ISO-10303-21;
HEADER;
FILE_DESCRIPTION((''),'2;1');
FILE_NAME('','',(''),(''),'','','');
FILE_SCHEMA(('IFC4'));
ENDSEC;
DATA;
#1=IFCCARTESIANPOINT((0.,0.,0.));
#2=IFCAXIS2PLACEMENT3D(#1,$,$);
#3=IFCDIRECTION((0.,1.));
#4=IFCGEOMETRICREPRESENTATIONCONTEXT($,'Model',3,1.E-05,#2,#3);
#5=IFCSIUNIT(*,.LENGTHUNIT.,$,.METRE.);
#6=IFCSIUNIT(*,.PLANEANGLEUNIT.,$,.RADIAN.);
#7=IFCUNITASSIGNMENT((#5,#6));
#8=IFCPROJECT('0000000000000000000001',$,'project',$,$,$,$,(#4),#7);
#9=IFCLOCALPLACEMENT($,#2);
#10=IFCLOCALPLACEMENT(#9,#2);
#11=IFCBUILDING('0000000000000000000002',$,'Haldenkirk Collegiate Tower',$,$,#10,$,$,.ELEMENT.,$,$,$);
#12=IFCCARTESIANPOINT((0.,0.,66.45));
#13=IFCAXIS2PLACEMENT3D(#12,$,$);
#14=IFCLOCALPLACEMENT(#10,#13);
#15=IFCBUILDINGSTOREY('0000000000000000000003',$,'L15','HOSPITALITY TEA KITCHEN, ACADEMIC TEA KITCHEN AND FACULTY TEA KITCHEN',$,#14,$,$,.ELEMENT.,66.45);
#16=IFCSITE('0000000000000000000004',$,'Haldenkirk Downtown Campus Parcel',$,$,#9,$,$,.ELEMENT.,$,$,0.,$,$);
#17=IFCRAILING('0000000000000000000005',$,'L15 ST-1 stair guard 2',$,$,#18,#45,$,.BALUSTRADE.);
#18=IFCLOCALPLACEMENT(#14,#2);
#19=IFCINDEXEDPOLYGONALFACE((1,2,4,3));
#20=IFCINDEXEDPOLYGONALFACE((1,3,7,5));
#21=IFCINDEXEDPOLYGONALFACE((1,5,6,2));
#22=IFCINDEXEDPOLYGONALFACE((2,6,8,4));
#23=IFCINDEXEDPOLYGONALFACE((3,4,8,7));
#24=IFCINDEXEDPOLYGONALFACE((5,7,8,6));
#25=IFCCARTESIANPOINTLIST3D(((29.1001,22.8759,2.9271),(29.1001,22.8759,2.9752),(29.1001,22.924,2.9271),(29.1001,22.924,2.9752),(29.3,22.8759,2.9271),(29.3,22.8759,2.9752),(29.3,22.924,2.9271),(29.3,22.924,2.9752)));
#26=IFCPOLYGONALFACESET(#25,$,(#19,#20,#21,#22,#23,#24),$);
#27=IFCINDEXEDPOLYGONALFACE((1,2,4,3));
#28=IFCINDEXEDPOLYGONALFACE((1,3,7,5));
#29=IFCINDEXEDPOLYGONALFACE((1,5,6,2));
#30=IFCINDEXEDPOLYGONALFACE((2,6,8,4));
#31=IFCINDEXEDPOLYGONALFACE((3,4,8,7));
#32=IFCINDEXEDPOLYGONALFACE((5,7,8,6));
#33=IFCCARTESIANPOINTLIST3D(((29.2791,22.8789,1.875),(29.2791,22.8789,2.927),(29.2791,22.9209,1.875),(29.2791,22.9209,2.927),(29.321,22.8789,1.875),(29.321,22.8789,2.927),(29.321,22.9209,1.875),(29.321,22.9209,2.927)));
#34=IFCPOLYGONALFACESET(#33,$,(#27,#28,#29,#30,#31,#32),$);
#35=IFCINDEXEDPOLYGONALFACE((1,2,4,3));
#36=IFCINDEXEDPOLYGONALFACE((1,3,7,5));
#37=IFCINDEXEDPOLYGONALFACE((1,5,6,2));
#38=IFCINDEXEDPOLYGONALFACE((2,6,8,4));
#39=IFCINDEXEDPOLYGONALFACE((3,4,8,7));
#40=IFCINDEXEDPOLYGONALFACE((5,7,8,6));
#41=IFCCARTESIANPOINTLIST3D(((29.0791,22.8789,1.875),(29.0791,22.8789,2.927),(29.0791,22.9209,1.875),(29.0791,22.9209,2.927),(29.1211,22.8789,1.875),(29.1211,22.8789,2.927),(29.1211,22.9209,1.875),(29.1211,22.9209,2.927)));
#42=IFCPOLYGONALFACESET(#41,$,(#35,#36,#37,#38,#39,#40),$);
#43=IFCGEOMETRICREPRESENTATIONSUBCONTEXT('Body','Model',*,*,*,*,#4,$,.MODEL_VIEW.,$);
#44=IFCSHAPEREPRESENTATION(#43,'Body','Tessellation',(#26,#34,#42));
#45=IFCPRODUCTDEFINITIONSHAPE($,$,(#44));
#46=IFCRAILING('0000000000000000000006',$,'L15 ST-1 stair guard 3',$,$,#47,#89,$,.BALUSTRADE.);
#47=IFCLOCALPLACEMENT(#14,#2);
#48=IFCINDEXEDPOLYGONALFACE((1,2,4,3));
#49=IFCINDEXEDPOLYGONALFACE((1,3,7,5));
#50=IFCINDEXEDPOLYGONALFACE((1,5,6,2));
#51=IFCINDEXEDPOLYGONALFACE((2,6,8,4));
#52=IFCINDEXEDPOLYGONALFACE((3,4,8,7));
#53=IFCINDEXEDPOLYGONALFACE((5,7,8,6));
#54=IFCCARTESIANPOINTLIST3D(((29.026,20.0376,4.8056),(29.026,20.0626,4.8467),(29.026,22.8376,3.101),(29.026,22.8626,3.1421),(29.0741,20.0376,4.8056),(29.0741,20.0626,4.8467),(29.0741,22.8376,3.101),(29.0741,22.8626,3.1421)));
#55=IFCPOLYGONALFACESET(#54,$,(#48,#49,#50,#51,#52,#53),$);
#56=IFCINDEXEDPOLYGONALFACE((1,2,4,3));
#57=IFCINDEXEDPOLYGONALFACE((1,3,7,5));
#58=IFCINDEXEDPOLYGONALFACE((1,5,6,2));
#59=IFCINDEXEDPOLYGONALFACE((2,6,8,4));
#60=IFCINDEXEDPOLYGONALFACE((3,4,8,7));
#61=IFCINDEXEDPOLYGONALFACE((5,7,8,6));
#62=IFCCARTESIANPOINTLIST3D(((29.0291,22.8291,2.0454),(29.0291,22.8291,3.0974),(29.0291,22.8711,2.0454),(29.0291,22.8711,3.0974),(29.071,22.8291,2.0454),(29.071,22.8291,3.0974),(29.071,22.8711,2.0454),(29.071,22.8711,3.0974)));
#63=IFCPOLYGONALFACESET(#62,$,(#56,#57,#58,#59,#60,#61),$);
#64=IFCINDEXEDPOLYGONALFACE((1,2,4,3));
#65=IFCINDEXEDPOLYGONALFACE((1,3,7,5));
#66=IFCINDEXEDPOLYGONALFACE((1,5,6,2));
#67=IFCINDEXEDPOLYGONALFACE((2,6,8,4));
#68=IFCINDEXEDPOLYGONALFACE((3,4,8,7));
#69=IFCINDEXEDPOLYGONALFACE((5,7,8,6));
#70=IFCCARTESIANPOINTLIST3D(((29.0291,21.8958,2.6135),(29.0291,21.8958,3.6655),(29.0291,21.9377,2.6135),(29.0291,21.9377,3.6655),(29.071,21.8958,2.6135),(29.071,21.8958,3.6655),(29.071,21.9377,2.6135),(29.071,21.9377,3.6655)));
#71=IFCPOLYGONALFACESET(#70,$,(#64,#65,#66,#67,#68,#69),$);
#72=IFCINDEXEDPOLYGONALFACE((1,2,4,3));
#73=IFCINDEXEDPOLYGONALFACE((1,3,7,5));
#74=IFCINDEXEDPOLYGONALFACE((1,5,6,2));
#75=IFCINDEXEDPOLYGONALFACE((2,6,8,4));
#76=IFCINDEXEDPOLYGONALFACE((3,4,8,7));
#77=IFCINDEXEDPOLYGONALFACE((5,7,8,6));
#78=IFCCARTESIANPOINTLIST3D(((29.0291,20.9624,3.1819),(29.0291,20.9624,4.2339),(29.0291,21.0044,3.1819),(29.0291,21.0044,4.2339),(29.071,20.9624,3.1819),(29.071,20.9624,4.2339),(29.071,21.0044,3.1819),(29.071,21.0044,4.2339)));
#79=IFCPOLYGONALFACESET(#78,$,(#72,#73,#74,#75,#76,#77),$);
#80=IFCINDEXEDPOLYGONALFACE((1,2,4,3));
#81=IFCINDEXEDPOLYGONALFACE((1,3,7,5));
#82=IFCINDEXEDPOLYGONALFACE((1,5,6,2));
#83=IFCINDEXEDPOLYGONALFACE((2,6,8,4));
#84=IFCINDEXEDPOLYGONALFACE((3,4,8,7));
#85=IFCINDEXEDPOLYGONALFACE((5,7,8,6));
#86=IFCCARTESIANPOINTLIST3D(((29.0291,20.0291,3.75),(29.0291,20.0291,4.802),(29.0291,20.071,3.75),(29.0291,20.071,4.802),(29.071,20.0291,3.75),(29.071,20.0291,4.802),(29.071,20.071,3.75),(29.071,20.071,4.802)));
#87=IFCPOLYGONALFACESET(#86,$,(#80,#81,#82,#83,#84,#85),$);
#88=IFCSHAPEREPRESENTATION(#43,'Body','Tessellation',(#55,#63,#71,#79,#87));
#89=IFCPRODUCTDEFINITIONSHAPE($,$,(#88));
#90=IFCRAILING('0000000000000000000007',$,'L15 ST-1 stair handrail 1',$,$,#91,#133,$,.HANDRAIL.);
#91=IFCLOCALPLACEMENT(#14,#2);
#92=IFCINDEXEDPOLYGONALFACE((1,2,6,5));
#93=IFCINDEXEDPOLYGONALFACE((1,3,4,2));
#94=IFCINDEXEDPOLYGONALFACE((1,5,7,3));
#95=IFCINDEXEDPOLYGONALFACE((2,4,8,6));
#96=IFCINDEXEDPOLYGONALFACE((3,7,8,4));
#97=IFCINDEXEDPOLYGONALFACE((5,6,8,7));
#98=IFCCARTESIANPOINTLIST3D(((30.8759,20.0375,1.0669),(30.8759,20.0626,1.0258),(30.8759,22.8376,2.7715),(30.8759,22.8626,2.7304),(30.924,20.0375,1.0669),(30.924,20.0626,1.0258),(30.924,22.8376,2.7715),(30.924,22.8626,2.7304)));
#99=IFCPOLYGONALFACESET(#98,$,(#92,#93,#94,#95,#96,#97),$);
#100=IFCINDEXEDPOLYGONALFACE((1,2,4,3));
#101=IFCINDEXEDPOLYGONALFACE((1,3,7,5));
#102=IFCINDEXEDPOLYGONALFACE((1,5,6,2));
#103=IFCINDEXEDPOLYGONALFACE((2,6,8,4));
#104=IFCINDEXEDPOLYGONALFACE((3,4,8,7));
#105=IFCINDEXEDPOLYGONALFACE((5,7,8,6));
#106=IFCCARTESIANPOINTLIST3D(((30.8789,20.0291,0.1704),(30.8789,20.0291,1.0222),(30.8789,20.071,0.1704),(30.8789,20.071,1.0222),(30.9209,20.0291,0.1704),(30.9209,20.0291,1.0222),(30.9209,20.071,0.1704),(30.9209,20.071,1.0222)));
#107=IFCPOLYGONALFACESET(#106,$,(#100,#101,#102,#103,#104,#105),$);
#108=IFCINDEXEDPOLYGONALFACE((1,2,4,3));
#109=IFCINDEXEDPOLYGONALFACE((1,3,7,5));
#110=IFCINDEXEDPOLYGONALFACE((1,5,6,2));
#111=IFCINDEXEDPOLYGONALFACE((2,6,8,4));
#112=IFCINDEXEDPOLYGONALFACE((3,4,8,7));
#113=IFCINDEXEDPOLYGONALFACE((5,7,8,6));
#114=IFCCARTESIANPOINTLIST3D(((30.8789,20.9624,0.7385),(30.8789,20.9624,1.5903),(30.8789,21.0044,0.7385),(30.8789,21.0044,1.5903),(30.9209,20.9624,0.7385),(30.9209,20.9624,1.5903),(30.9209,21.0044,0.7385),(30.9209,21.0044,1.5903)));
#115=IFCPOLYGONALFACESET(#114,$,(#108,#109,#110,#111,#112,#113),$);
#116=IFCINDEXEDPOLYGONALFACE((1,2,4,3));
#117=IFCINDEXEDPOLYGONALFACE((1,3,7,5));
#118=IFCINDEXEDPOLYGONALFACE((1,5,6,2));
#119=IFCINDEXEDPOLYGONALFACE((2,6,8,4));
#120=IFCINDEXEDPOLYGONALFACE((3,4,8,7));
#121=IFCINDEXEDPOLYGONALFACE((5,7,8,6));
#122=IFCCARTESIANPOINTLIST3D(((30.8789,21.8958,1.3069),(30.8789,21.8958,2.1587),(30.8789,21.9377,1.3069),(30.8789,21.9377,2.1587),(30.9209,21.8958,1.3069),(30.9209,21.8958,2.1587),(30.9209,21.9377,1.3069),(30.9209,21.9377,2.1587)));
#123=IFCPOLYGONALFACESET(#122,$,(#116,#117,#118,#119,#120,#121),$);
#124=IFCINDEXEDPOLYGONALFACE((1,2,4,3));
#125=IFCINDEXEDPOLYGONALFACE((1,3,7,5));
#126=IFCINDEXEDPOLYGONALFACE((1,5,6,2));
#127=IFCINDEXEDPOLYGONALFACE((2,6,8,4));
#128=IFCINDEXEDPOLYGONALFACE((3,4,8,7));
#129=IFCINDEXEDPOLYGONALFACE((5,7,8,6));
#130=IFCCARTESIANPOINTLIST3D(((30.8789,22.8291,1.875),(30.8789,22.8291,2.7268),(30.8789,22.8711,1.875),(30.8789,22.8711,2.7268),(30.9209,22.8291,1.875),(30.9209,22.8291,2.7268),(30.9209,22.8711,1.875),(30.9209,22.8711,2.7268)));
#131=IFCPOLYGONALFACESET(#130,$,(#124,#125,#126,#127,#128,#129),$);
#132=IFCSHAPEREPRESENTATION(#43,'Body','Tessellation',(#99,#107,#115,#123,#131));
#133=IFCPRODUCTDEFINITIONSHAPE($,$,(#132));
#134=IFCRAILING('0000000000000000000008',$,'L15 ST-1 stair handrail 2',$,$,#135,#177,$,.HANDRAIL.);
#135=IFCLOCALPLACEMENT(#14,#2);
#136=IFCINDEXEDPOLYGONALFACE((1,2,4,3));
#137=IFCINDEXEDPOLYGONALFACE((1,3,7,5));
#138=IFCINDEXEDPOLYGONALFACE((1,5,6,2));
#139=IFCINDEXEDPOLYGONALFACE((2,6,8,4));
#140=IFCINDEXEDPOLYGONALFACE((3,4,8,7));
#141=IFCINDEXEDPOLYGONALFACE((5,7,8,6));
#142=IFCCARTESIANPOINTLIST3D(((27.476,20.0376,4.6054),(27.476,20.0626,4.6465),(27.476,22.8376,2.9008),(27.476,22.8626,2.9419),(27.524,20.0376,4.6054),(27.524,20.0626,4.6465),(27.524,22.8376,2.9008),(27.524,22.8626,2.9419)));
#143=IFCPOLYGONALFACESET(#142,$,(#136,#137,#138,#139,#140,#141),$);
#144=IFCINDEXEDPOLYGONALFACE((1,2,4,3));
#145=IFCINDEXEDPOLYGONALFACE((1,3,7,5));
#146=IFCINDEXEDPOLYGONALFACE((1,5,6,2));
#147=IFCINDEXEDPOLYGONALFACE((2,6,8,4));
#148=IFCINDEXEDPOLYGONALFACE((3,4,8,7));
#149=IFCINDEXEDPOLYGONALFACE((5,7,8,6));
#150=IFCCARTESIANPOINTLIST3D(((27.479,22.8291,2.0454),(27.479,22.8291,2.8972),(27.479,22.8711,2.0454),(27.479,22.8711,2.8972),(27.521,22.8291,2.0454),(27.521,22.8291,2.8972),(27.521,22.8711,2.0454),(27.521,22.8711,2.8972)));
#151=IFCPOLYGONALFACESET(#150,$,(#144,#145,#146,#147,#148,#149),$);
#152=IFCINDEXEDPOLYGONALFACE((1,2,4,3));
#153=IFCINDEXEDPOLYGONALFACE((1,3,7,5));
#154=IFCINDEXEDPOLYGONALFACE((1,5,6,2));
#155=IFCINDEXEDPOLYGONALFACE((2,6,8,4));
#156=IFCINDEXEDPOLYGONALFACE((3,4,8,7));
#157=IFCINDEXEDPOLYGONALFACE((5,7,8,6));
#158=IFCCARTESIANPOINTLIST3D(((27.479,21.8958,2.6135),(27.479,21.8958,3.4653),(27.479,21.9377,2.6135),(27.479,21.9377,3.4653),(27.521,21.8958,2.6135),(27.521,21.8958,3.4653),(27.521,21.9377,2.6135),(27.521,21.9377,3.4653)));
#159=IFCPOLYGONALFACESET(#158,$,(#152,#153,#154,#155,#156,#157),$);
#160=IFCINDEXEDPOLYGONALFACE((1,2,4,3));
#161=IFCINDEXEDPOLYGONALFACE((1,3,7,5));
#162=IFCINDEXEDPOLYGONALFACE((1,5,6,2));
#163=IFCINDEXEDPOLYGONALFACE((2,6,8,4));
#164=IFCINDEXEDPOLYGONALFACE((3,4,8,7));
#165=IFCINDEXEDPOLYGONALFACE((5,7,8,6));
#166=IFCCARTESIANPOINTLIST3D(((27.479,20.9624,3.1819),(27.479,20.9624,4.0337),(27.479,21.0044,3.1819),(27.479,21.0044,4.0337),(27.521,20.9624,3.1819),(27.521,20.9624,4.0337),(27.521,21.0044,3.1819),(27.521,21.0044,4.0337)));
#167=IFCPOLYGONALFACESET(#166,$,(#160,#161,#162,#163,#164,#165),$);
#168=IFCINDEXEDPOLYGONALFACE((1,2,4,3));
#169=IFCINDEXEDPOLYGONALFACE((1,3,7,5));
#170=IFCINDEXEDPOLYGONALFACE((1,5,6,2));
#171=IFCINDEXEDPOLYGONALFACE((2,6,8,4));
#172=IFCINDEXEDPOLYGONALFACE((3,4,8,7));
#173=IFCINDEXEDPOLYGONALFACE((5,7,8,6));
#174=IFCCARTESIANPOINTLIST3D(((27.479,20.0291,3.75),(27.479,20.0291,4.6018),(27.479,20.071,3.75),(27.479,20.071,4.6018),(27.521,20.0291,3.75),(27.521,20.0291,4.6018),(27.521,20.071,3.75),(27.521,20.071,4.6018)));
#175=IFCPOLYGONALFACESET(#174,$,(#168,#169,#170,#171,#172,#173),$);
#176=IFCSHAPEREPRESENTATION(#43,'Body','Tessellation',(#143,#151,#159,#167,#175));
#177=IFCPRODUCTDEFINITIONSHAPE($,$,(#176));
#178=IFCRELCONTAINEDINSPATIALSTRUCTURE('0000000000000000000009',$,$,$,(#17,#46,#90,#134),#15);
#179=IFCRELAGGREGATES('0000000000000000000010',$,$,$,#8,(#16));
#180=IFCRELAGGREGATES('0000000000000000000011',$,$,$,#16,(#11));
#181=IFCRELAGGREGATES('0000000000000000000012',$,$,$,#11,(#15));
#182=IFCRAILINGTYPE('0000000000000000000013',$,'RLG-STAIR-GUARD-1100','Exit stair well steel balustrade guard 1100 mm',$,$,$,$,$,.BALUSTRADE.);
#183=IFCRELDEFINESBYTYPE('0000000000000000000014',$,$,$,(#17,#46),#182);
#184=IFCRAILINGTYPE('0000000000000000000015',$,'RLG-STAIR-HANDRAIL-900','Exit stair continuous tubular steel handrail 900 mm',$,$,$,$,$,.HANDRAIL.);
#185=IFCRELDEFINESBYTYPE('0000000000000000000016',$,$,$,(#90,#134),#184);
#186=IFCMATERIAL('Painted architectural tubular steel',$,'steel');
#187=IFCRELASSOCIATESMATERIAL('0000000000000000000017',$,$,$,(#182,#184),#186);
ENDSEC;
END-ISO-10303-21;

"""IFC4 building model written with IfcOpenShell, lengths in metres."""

from ifc_helpers import new_model, si_unit, direction, frame, origin, origin_2d, place, context, subcontext, project, spatial, rectangle, extrude, material, type_object, element, save


model = new_model("IFC4")

# Units and contexts
model_context = context("Model", 3, precision=1e-05, world=origin(), true_north=direction((0.0, 1.0)))
body_context = subcontext(model_context, "Body", "Model", "MODEL_VIEW")
ifc_project = project(units=[si_unit("LENGTHUNIT", "METRE"), si_unit("PLANEANGLEUNIT", "RADIAN")], contexts=[model_context])

# Site, building, storey
site_placement = place(None, origin())
site = spatial("IfcSite", under=ifc_project, at=site_placement, Name="Haldenkirk Downtown Campus Parcel", CompositionType="ELEMENT", RefElevation=0.0)
building_placement = place(site_placement, origin())
building = spatial("IfcBuilding", under=site, at=building_placement, Name="Haldenkirk Collegiate Tower", CompositionType="ELEMENT")
storey_placement = place(building_placement, frame((0.0, 0.0, 66.45)))
storey = spatial("IfcBuildingStorey", under=building, at=storey_placement, Name="L15", Description="HOSPITALITY TEA KITCHEN, ACADEMIC TEA KITCHEN AND FACULTY TEA KITCHEN", CompositionType="ELEMENT", Elevation=66.45)

# Railings
ifc_material_1 = material(Name="Painted architectural tubular steel", Category="steel")
railing_type_1 = type_object("IfcRailingType", Name="RLG-STAIR-GUARD-1100", Description="Exit stair well steel balustrade guard 1100 mm", PredefinedType="BALUSTRADE", material=ifc_material_1)
railing_1_placement = place(storey_placement, frame((29.3, 22.8999, 1.875)))
element("IfcRailing", 1, at=railing_1_placement, inside=storey, type_object=railing_type_1, Name="L15 ST-1 stair guard 2", PredefinedType="BALUSTRADE", context=body_context, shape_type="SweptSolid", body=[
    extrude(rectangle(XDim=0.0481, YDim=0.0481, at=origin_2d()), frame((0.0, 0.0, 1.0762), z_axis=(-1.0, 0.0, 0.0), x_axis=(0.0, -1.0, 0.0)), (0.0, 0.0, 1.0), 0.2),
    extrude(rectangle(XDim=0.042, YDim=0.042, at=origin_2d()), origin(), (0.0, 0.0, 1.0), 1.052),
    extrude(rectangle(XDim=0.042, YDim=0.042, at=origin_2d()), frame((-0.2, 0.0, 0.0)), (0.0, 0.0, 1.0), 1.052),
])
railing_2_placement = place(storey_placement, frame((29.05, 22.8501, 2.0454)))
element("IfcRailing", 2, at=railing_2_placement, inside=storey, type_object=railing_type_1, Name="L15 ST-1 stair guard 3", PredefinedType="BALUSTRADE", context=body_context, shape_type="SweptSolid", body=[
    extrude(rectangle(XDim=0.0481, YDim=0.0481, at=origin_2d()), frame((0.0, 0.0, 1.0762), z_axis=(0.0, -0.85417, 0.519994), x_axis=(1.0, 0.0, 0.0)), (0.0, 0.0, 1.0), 3.2781),
    extrude(rectangle(XDim=0.042, YDim=0.042, at=origin_2d()), origin(), (0.0, 0.0, 1.0), 1.052),
    extrude(rectangle(XDim=0.042, YDim=0.042, at=origin_2d()), frame((0.0, -0.9333, 0.5681)), (0.0, 0.0, 1.0), 1.052),
    extrude(rectangle(XDim=0.042, YDim=0.042, at=origin_2d()), frame((0.0, -1.8667, 1.1365)), (0.0, 0.0, 1.0), 1.052),
    extrude(rectangle(XDim=0.042, YDim=0.042, at=origin_2d()), frame((0.0, -2.8, 1.7046)), (0.0, 0.0, 1.0), 1.052),
])
railing_type_2 = type_object("IfcRailingType", Name="RLG-STAIR-HANDRAIL-900", Description="Exit stair continuous tubular steel handrail 900 mm", PredefinedType="HANDRAIL", material=ifc_material_1)
railing_3_placement = place(storey_placement, frame((30.8999, 20.05, 0.1704)))
element("IfcRailing", 3, at=railing_3_placement, inside=storey, type_object=railing_type_2, Name="L15 ST-1 stair handrail 1", PredefinedType="HANDRAIL", context=body_context, shape_type="SweptSolid", body=[
    extrude(rectangle(XDim=0.0481, YDim=0.0481, at=origin_2d()), frame((0.0, 0.0, 0.876), z_axis=(0.0, 0.85417, 0.519994), x_axis=(-1.0, 0.0, 0.0)), (0.0, 0.0, 1.0), 3.2781),
    extrude(rectangle(XDim=0.042, YDim=0.042, at=origin_2d()), origin(), (0.0, 0.0, 1.0), 0.8518),
    extrude(rectangle(XDim=0.042, YDim=0.042, at=origin_2d()), frame((0.0, 0.9333, 0.5681)), (0.0, 0.0, 1.0), 0.8518),
    extrude(rectangle(XDim=0.042, YDim=0.042, at=origin_2d()), frame((0.0, 1.8667, 1.1365)), (0.0, 0.0, 1.0), 0.8518),
    extrude(rectangle(XDim=0.042, YDim=0.042, at=origin_2d()), frame((0.0, 2.8, 1.7046)), (0.0, 0.0, 1.0), 0.8518),
])
railing_4_placement = place(storey_placement, frame((27.5, 22.8501, 2.0454)))
element("IfcRailing", 4, at=railing_4_placement, inside=storey, type_object=railing_type_2, Name="L15 ST-1 stair handrail 2", PredefinedType="HANDRAIL", context=body_context, shape_type="SweptSolid", body=[
    extrude(rectangle(XDim=0.0481, YDim=0.0481, at=origin_2d()), frame((0.0, 0.0, 0.876), z_axis=(0.0, -0.85417, 0.519994), x_axis=(1.0, 0.0, 0.0)), (0.0, 0.0, 1.0), 3.2781),
    extrude(rectangle(XDim=0.042, YDim=0.042, at=origin_2d()), origin(), (0.0, 0.0, 1.0), 0.8518),
    extrude(rectangle(XDim=0.042, YDim=0.042, at=origin_2d()), frame((0.0, -0.9333, 0.5681)), (0.0, 0.0, 1.0), 0.8518),
    extrude(rectangle(XDim=0.042, YDim=0.042, at=origin_2d()), frame((0.0, -1.8667, 1.1365)), (0.0, 0.0, 1.0), 0.8518),
    extrude(rectangle(XDim=0.042, YDim=0.042, at=origin_2d()), frame((0.0, -2.8, 1.7046)), (0.0, 0.0, 1.0), 0.8518),
])

save(model, "model.ifc")
